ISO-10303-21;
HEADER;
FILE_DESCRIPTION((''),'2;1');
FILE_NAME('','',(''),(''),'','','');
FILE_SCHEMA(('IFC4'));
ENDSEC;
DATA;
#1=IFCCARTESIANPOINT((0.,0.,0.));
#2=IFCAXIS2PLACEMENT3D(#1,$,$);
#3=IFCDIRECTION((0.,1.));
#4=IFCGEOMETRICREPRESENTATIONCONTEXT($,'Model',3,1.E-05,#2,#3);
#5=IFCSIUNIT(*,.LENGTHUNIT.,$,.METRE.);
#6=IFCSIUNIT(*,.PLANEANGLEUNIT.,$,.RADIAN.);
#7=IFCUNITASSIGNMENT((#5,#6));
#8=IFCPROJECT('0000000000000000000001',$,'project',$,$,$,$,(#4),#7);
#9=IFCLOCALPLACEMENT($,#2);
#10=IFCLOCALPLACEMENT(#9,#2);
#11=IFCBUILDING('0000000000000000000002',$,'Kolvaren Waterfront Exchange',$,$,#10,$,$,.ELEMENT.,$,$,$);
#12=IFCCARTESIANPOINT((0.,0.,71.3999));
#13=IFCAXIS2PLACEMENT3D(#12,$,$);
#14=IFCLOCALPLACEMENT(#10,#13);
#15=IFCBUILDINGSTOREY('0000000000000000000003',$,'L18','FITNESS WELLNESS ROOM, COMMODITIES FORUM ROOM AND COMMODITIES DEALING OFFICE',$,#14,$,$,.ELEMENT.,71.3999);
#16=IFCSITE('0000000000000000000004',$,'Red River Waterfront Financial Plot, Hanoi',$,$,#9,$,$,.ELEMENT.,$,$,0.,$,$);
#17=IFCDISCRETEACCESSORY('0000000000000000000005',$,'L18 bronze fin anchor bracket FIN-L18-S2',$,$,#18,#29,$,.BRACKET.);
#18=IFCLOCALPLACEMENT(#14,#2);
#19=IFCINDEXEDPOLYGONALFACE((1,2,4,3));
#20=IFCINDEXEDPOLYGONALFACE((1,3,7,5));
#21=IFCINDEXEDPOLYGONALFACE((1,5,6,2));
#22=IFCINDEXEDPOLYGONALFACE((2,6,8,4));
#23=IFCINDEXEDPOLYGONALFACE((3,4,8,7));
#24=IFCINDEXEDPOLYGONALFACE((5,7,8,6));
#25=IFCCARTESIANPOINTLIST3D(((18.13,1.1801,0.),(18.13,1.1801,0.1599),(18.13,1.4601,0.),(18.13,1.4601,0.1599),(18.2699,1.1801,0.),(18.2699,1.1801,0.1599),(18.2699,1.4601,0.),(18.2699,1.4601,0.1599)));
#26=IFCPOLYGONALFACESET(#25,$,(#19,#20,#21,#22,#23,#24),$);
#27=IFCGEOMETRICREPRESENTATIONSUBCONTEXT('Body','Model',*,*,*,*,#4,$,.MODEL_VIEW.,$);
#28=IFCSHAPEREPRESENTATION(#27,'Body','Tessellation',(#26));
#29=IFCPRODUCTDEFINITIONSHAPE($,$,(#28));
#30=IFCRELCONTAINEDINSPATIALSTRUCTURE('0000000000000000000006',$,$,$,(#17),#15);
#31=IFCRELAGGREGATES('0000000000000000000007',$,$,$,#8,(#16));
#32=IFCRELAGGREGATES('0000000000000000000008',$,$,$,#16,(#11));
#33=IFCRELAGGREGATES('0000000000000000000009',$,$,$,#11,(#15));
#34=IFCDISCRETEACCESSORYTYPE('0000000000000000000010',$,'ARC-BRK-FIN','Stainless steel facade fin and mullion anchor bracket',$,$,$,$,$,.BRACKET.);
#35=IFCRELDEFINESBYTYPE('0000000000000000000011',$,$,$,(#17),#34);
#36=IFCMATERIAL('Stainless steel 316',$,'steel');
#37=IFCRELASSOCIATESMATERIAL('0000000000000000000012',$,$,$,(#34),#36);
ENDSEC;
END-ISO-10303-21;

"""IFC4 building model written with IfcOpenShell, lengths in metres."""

from ifc_helpers import new_model, si_unit, direction, frame, origin, origin_with_axes, origin_2d, place, context, subcontext, project, spatial, rectangle, extrude, source, transform, mapped, material, type_object, element, save


model = new_model("IFC4")

# Units and contexts
model_context = context("Model", 3, precision=1e-05, world=origin(), true_north=direction((0.0, 1.0)))
body_context = subcontext(model_context, "Body", "Model", "MODEL_VIEW")
ifc_project = project(units=[si_unit("LENGTHUNIT", "METRE"), si_unit("PLANEANGLEUNIT", "RADIAN")], contexts=[model_context])

# Site, building, storey
site_placement = place(None, origin())
site = spatial("IfcSite", under=ifc_project, at=site_placement, Name="Red River Waterfront Financial Plot, Hanoi", CompositionType="ELEMENT", RefElevation=0.0)
building_placement = place(site_placement, origin())
building = spatial("IfcBuilding", under=site, at=building_placement, Name="Kolvaren Waterfront Exchange", CompositionType="ELEMENT")
storey_placement = place(building_placement, frame((0.0, 0.0, 71.3999)))
storey = spatial("IfcBuildingStorey", under=building, at=storey_placement, Name="L18", Description="FITNESS WELLNESS ROOM, COMMODITIES FORUM ROOM AND COMMODITIES DEALING OFFICE", CompositionType="ELEMENT", Elevation=71.3999)

# Shared definitions
ifc_material_1 = material(Name="Stainless steel 316", Category="steel")

# Discrete accessory
discrete_accessory_type = type_object("IfcDiscreteAccessoryType", Name="ARC-BRK-FIN", Description="Stainless steel facade fin and mullion anchor bracket", PredefinedType="BRACKET", material=ifc_material_1)
shared_shape_1 = source(origin_with_axes(), body_context, "Body", "SweptSolid", [
    extrude(rectangle(XDim=0.28, YDim=0.1399, at=origin_2d()), origin(), (0.0, 0.0, 1.0), 0.1599),
])
for number, where, z_axis, x_axis, name in (
    (1, (18.2, 1.3201, 0.0), (0.0, 0.0, 1.0), (0.0, -1.0, 0.0), "L18 bronze fin anchor bracket FIN-L18-S2"),
):
    element("IfcDiscreteAccessory", number, at=place(storey_placement, frame(where, z_axis=z_axis, x_axis=x_axis)), inside=storey, type_object=discrete_accessory_type, Name=name, PredefinedType="BRACKET", context=body_context, shape_type="MappedRepresentation", body=[
        mapped(shared_shape_1, transform((0.0, 0.0, 0.0), x_axis=(1.0, 0.0, 0.0), y_axis=(0.0, 1.0, 0.0), z_axis=(0.0, 0.0, 1.0), scale=1.0)),
    ])

save(model, "model.ifc")
